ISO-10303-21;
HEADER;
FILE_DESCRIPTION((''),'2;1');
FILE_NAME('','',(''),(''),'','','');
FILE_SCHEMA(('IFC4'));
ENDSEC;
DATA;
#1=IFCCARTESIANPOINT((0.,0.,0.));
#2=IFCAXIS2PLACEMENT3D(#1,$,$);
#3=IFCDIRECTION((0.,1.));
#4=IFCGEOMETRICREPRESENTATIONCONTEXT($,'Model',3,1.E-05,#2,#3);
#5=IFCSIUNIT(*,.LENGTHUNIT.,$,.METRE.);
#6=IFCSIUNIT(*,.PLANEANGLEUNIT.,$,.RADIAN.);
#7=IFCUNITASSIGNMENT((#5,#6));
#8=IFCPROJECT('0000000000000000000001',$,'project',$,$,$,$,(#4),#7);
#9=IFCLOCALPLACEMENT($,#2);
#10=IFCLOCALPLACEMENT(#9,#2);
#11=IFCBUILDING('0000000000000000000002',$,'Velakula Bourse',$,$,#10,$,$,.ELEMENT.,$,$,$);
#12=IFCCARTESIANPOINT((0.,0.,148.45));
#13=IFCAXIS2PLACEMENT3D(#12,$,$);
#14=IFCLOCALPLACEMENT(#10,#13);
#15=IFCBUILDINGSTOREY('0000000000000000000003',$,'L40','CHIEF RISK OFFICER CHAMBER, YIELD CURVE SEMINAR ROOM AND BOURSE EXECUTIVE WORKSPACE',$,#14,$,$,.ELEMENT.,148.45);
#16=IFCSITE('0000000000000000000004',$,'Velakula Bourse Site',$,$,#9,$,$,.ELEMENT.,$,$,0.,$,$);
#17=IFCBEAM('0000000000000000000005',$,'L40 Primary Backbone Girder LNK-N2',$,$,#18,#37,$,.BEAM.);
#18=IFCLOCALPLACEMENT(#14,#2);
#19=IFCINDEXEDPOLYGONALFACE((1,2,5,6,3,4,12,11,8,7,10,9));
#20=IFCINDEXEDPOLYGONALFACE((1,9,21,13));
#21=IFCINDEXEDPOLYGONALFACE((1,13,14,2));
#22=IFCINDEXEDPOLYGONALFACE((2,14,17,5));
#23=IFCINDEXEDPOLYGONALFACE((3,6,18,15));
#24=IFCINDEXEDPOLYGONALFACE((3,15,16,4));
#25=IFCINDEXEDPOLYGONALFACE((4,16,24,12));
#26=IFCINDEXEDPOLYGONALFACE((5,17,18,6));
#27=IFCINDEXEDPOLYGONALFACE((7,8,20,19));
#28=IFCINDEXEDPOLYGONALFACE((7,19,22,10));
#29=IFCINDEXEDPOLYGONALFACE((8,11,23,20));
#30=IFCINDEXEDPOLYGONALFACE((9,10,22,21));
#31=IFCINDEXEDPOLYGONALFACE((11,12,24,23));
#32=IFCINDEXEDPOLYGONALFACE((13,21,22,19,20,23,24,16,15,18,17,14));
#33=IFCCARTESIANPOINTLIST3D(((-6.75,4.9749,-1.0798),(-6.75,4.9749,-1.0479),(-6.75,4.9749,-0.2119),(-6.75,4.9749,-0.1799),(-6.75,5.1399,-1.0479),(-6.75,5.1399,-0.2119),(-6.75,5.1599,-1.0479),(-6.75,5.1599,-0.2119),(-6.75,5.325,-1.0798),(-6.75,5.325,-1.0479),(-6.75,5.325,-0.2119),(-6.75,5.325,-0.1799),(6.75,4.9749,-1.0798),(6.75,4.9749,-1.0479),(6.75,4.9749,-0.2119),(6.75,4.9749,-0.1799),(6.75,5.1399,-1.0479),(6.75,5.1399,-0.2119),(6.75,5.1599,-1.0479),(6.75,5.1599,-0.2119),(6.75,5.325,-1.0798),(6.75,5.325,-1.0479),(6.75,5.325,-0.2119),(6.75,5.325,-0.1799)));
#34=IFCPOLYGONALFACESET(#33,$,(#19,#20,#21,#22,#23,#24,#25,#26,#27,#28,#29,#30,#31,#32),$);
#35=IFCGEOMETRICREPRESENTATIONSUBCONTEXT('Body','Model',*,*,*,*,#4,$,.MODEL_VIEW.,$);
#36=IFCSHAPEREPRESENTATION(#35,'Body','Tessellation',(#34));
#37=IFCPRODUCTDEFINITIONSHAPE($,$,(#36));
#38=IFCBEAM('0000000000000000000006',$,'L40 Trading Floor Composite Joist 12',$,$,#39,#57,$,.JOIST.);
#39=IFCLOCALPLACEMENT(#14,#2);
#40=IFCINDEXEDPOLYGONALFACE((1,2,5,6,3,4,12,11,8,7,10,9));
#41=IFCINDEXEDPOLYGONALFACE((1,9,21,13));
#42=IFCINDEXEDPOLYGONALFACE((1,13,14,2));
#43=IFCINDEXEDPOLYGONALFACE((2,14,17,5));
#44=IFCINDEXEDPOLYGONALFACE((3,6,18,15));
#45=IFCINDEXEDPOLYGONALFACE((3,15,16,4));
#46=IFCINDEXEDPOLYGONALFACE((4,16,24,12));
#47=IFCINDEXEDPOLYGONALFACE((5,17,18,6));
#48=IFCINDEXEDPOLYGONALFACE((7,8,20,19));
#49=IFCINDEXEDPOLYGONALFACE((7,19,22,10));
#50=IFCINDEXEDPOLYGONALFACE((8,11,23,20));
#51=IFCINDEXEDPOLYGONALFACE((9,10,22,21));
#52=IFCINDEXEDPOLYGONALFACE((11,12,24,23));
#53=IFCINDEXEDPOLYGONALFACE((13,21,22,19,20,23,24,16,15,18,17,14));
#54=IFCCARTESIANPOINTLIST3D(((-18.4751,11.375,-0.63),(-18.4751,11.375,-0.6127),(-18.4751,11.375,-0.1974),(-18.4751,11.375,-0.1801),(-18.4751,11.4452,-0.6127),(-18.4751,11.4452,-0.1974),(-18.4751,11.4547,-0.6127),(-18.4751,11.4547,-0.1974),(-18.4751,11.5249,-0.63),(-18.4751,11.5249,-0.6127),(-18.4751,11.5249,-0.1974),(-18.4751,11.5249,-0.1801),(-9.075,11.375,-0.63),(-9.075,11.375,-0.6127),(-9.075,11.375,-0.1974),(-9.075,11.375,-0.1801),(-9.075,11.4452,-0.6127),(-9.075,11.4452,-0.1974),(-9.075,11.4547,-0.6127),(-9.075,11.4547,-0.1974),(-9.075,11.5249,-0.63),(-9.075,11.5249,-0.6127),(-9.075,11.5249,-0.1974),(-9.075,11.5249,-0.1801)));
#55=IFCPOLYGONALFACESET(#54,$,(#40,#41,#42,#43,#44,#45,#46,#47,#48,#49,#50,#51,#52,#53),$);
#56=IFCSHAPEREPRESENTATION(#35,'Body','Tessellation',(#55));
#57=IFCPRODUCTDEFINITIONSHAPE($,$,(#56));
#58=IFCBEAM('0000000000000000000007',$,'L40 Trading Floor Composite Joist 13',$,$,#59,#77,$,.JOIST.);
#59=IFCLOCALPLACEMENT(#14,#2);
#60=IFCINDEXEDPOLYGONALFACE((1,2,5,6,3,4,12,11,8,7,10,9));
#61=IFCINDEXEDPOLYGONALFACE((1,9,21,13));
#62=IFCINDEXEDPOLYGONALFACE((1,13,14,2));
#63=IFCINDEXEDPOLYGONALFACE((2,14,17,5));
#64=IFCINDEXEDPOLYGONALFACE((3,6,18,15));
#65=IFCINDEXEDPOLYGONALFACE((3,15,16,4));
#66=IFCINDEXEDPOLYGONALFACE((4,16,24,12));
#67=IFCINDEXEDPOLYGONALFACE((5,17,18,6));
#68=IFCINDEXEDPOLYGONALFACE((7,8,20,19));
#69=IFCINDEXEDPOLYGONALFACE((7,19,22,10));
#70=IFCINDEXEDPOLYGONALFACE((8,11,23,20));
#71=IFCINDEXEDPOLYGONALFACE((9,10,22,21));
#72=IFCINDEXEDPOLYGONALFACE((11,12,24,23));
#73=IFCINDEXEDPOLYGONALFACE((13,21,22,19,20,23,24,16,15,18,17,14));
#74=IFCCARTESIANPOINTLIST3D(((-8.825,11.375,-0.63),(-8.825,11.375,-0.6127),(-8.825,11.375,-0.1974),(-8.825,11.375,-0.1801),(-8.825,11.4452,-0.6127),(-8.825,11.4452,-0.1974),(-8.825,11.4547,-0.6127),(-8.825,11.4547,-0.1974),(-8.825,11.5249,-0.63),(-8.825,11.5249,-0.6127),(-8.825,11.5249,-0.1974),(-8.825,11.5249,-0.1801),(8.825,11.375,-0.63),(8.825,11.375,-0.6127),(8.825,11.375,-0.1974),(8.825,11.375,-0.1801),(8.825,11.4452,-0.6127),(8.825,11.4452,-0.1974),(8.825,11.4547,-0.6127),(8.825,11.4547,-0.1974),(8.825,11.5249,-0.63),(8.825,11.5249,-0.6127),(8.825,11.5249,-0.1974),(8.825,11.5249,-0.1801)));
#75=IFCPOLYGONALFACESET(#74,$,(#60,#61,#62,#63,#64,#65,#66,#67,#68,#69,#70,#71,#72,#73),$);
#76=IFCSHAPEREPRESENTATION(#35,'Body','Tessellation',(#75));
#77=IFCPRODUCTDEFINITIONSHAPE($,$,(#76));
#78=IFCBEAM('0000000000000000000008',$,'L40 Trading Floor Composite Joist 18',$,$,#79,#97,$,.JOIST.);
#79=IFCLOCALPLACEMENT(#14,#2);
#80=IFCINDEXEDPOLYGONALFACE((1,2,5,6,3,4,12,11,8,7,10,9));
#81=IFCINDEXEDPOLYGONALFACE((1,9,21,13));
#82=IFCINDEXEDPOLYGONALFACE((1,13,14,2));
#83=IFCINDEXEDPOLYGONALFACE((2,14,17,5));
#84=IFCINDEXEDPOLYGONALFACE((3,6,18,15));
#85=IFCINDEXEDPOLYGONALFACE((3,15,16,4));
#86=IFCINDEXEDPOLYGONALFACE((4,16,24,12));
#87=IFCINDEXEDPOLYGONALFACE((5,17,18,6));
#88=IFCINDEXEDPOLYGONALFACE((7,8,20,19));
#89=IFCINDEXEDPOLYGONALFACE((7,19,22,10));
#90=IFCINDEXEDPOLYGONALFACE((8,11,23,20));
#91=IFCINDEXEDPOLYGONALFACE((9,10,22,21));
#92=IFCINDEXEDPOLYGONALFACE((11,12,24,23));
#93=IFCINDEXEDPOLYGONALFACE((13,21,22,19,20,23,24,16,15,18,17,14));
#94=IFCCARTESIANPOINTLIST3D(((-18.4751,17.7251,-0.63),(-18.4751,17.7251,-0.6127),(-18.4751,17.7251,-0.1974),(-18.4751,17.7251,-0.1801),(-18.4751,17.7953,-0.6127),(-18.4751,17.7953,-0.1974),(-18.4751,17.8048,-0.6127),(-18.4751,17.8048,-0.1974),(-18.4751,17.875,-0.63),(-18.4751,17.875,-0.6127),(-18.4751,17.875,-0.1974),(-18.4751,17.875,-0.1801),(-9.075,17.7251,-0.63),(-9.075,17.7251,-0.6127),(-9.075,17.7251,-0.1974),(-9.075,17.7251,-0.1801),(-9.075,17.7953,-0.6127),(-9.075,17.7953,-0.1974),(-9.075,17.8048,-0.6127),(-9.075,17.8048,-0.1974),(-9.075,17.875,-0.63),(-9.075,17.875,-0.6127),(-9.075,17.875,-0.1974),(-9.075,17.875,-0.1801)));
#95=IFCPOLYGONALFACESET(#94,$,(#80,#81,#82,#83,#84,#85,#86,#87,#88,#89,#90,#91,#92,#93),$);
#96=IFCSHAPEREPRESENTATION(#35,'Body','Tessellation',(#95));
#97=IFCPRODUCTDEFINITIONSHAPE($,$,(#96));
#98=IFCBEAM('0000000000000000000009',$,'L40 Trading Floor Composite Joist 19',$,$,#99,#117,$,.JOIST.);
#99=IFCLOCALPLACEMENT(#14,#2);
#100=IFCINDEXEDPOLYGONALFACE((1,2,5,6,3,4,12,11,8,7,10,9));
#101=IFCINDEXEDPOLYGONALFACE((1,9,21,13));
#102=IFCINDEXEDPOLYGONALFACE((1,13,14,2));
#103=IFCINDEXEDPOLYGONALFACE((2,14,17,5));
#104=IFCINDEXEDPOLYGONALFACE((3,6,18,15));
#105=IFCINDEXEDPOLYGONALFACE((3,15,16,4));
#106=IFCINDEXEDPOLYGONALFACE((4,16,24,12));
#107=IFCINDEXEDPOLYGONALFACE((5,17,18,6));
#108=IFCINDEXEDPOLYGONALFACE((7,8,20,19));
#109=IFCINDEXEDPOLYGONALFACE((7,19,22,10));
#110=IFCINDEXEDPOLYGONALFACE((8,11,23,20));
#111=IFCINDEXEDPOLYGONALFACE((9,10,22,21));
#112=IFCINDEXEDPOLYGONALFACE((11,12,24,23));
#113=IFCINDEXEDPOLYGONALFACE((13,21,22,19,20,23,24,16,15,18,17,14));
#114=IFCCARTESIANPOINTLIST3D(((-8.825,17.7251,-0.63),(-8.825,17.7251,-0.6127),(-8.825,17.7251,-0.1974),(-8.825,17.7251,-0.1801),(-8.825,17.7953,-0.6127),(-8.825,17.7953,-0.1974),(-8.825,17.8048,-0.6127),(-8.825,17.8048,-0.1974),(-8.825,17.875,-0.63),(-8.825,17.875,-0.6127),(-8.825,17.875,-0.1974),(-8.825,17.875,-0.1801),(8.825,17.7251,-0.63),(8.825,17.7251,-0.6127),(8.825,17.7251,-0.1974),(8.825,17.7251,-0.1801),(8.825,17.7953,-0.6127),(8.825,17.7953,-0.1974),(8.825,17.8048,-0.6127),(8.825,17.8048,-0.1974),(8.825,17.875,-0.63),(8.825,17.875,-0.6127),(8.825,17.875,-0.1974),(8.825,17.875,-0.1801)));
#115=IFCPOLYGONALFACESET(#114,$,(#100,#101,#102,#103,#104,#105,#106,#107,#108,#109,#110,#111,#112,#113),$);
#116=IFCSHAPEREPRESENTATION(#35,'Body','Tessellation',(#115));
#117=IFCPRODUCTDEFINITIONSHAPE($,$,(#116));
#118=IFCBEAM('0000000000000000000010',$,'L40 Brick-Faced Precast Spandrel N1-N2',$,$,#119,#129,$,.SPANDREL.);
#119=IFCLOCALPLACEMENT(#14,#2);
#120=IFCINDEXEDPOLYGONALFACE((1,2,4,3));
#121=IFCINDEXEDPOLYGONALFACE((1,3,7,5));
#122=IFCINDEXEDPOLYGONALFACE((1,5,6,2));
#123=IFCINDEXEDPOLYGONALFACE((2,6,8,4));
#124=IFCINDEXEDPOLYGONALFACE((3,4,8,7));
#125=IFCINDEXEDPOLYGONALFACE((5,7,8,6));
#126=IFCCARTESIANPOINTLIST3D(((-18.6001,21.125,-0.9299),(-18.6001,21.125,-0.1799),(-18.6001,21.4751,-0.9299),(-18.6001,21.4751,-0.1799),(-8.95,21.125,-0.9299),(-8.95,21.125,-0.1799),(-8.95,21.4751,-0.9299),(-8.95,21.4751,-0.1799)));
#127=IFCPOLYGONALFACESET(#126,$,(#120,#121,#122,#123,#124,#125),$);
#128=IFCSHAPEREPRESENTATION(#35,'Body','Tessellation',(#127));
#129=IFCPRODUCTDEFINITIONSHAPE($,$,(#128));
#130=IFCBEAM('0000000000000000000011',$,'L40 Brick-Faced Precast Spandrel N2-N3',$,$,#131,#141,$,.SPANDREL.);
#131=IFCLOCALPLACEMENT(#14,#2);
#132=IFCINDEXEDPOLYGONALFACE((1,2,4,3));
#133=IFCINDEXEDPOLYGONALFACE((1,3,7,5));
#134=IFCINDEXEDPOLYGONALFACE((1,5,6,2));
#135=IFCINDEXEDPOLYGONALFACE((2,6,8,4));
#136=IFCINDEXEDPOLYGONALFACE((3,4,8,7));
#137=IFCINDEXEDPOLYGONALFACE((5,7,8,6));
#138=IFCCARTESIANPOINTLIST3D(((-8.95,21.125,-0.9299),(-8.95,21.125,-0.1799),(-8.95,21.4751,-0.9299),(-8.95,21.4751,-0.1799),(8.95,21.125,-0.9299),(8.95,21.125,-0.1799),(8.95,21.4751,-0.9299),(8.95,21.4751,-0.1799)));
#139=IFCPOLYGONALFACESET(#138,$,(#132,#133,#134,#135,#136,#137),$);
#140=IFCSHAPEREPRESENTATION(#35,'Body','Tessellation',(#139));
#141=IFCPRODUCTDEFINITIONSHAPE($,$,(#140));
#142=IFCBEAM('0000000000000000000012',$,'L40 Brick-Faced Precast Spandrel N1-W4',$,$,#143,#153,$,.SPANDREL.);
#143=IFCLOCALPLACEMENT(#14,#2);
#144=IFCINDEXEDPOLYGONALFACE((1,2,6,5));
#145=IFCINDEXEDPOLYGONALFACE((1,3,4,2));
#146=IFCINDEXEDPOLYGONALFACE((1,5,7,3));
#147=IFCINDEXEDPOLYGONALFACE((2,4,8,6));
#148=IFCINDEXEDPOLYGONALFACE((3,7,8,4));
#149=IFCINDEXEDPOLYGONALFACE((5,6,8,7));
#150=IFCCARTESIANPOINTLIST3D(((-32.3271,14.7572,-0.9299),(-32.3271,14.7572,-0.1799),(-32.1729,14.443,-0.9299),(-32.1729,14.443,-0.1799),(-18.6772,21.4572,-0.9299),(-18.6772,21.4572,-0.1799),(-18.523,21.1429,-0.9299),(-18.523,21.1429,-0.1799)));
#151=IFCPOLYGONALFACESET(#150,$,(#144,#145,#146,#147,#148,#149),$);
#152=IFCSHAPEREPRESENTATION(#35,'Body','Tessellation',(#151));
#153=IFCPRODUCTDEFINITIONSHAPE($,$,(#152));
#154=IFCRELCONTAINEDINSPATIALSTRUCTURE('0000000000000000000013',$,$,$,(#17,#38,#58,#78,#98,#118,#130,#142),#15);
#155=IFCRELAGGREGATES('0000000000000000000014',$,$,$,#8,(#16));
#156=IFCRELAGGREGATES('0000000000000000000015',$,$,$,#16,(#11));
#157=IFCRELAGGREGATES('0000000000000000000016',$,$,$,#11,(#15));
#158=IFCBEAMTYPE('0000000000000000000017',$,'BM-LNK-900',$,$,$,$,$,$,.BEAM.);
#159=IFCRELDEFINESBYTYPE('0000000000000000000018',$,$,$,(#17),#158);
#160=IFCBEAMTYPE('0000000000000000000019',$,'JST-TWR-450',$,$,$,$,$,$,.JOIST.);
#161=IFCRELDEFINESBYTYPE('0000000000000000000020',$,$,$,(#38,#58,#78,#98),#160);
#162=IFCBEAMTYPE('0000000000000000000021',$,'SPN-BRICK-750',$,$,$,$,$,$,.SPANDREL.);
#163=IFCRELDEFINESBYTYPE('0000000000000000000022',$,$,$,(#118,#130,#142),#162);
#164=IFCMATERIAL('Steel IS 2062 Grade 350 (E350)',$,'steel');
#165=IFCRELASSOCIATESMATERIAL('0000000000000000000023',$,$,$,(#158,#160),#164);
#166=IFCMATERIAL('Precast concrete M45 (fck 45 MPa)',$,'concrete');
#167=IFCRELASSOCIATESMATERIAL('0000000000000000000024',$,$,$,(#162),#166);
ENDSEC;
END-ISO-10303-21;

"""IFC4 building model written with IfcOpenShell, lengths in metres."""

from ifc_helpers import new_model, si_unit, direction, frame, origin, origin_2d, place, context, subcontext, project, spatial, rectangle, i_section, extrude, material, material_profile, profile_set, type_object, element, save


model = new_model("IFC4")

# Units and contexts
model_context = context("Model", 3, precision=1e-05, world=origin(), true_north=direction((0.0, 1.0)))
body_context = subcontext(model_context, "Body", "Model", "MODEL_VIEW")
ifc_project = project(units=[si_unit("LENGTHUNIT", "METRE"), si_unit("PLANEANGLEUNIT", "RADIAN")], contexts=[model_context])

# Site, building, storey
site_placement = place(None, origin())
site = spatial("IfcSite", under=ifc_project, at=site_placement, Name="Velakula Bourse Site", CompositionType="ELEMENT", RefElevation=0.0)
building_placement = place(site_placement, origin())
building = spatial("IfcBuilding", under=site, at=building_placement, Name="Velakula Bourse", CompositionType="ELEMENT")
storey_placement = place(building_placement, frame((0.0, 0.0, 148.45)))
storey = spatial("IfcBuildingStorey", under=building, at=storey_placement, Name="L40", Description="CHIEF RISK OFFICER CHAMBER, YIELD CURVE SEMINAR ROOM AND BOURSE EXECUTIVE WORKSPACE", CompositionType="ELEMENT", Elevation=148.45)

# Shared definitions
ifc_material_1 = material(Name="Steel IS 2062 Grade 350 (E350)", Category="steel")

# Beams
ifc_material_profile_1 = material_profile(ifc_material_1, i_section(OverallWidth=0.3501, OverallDepth=0.8999, WebThickness=0.02, FlangeThickness=0.032, at=origin_2d()), Name="Steel IS 2062 Grade 350 (E350)")
ifc_profile_set_1 = profile_set([ifc_material_profile_1], Name="Steel IS 2062 Grade 350 (E350)")
beam_type_1 = type_object("IfcBeamType", Name="BM-LNK-900", PredefinedType="BEAM", material=ifc_profile_set_1)
beam_1_placement = place(storey_placement, frame((-6.75, 5.1499, -0.6299), z_axis=(1.0, 0.0, 0.0), x_axis=(0.0, 1.0, 0.0)))
element("IfcBeam", 1, at=beam_1_placement, inside=storey, type_object=beam_type_1, Name="L40 Primary Backbone Girder LNK-N2", PredefinedType="BEAM", context=body_context, shape_type="SweptSolid", body=[
    extrude(i_section(OverallWidth=0.3501, OverallDepth=0.8999, WebThickness=0.02, FlangeThickness=0.032, at=origin_2d()), origin(), (0.0, 0.0, 1.0), 13.5),
])
ifc_material_profile_2 = material_profile(ifc_material_1, i_section(OverallWidth=0.1499, OverallDepth=0.45, WebThickness=0.0095, FlangeThickness=0.0173, at=origin_2d()), Name="Steel IS 2062 Grade 350 (E350)")
ifc_profile_set_2 = profile_set([ifc_material_profile_2], Name="Steel IS 2062 Grade 350 (E350)")
beam_type_2 = type_object("IfcBeamType", Name="JST-TWR-450", PredefinedType="JOIST", material=ifc_profile_set_2)
beam_2_placement = place(storey_placement, frame((-18.4751, 11.45, -0.405), z_axis=(1.0, 0.0, 0.0), x_axis=(0.0, 1.0, 0.0)))
element("IfcBeam", 2, at=beam_2_placement, inside=storey, type_object=beam_type_2, Name="L40 Trading Floor Composite Joist 12", PredefinedType="JOIST", context=body_context, shape_type="SweptSolid", body=[
    extrude(i_section(OverallWidth=0.1499, OverallDepth=0.45, WebThickness=0.0095, FlangeThickness=0.0173, at=origin_2d()), origin(), (0.0, 0.0, 1.0), 9.4001),
])
beam_3_placement = place(storey_placement, frame((-8.825, 11.45, -0.405), z_axis=(1.0, 0.0, 0.0), x_axis=(0.0, 1.0, 0.0)))
element("IfcBeam", 3, at=beam_3_placement, inside=storey, type_object=beam_type_2, Name="L40 Trading Floor Composite Joist 13", PredefinedType="JOIST", context=body_context, shape_type="SweptSolid", body=[
    extrude(i_section(OverallWidth=0.1499, OverallDepth=0.45, WebThickness=0.0095, FlangeThickness=0.0173, at=origin_2d()), origin(), (0.0, 0.0, 1.0), 17.6499),
])
beam_4_placement = place(storey_placement, frame((-18.4751, 17.8, -0.405), z_axis=(1.0, 0.0, 0.0), x_axis=(0.0, 1.0, 0.0)))
element("IfcBeam", 4, at=beam_4_placement, inside=storey, type_object=beam_type_2, Name="L40 Trading Floor Composite Joist 18", PredefinedType="JOIST", context=body_context, shape_type="SweptSolid", body=[
    extrude(i_section(OverallWidth=0.1499, OverallDepth=0.45, WebThickness=0.0095, FlangeThickness=0.0173, at=origin_2d()), origin(), (0.0, 0.0, 1.0), 9.4001),
])
beam_5_placement = place(storey_placement, frame((-8.825, 17.8, -0.405), z_axis=(1.0, 0.0, 0.0), x_axis=(0.0, 1.0, 0.0)))
element("IfcBeam", 5, at=beam_5_placement, inside=storey, type_object=beam_type_2, Name="L40 Trading Floor Composite Joist 19", PredefinedType="JOIST", context=body_context, shape_type="SweptSolid", body=[
    extrude(i_section(OverallWidth=0.1499, OverallDepth=0.45, WebThickness=0.0095, FlangeThickness=0.0173, at=origin_2d()), origin(), (0.0, 0.0, 1.0), 17.6499),
])
ifc_material_2 = material(Name="Precast concrete M45 (fck 45 MPa)", Category="concrete")
ifc_material_profile_3 = material_profile(ifc_material_2, rectangle(XDim=0.3501, YDim=0.75, at=origin_2d()), Name="Precast concrete M45 (fck 45 MPa)")
ifc_profile_set_3 = profile_set([ifc_material_profile_3], Name="Precast concrete M45 (fck 45 MPa)")
beam_type_3 = type_object("IfcBeamType", Name="SPN-BRICK-750", PredefinedType="SPANDREL", material=ifc_profile_set_3)
beam_6_placement = place(storey_placement, frame((-18.6001, 21.3, -0.5549), z_axis=(1.0, 0.0, 0.0), x_axis=(0.0, 1.0, 0.0)))
element("IfcBeam", 6, at=beam_6_placement, inside=storey, type_object=beam_type_3, Name="L40 Brick-Faced Precast Spandrel N1-N2", PredefinedType="SPANDREL", context=body_context, shape_type="SweptSolid", body=[
    extrude(rectangle(XDim=0.3501, YDim=0.75, at=origin_2d()), origin(), (0.0, 0.0, 1.0), 9.6501),
])
beam_7_placement = place(storey_placement, frame((-8.95, 21.3, -0.5549), z_axis=(1.0, 0.0, 0.0), x_axis=(0.0, 1.0, 0.0)))
element("IfcBeam", 7, at=beam_7_placement, inside=storey, type_object=beam_type_3, Name="L40 Brick-Faced Precast Spandrel N2-N3", PredefinedType="SPANDREL", context=body_context, shape_type="SweptSolid", body=[
    extrude(rectangle(XDim=0.3501, YDim=0.75, at=origin_2d()), origin(), (0.0, 0.0, 1.0), 17.8999),
])
beam_8_placement = place(storey_placement, frame((-18.6001, 21.3, -0.5549), z_axis=(-0.897691, -0.440625, 0.0), x_axis=(0.440625, -0.897691, 0.0)))
element("IfcBeam", 8, at=beam_8_placement, inside=storey, type_object=beam_type_3, Name="L40 Brick-Faced Precast Spandrel N1-W4", PredefinedType="SPANDREL", context=body_context, shape_type="SweptSolid", body=[
    extrude(rectangle(XDim=0.3501, YDim=0.75, at=origin_2d()), origin(), (0.0, 0.0, 1.0), 15.2056),
])

save(model, "model.ifc")
